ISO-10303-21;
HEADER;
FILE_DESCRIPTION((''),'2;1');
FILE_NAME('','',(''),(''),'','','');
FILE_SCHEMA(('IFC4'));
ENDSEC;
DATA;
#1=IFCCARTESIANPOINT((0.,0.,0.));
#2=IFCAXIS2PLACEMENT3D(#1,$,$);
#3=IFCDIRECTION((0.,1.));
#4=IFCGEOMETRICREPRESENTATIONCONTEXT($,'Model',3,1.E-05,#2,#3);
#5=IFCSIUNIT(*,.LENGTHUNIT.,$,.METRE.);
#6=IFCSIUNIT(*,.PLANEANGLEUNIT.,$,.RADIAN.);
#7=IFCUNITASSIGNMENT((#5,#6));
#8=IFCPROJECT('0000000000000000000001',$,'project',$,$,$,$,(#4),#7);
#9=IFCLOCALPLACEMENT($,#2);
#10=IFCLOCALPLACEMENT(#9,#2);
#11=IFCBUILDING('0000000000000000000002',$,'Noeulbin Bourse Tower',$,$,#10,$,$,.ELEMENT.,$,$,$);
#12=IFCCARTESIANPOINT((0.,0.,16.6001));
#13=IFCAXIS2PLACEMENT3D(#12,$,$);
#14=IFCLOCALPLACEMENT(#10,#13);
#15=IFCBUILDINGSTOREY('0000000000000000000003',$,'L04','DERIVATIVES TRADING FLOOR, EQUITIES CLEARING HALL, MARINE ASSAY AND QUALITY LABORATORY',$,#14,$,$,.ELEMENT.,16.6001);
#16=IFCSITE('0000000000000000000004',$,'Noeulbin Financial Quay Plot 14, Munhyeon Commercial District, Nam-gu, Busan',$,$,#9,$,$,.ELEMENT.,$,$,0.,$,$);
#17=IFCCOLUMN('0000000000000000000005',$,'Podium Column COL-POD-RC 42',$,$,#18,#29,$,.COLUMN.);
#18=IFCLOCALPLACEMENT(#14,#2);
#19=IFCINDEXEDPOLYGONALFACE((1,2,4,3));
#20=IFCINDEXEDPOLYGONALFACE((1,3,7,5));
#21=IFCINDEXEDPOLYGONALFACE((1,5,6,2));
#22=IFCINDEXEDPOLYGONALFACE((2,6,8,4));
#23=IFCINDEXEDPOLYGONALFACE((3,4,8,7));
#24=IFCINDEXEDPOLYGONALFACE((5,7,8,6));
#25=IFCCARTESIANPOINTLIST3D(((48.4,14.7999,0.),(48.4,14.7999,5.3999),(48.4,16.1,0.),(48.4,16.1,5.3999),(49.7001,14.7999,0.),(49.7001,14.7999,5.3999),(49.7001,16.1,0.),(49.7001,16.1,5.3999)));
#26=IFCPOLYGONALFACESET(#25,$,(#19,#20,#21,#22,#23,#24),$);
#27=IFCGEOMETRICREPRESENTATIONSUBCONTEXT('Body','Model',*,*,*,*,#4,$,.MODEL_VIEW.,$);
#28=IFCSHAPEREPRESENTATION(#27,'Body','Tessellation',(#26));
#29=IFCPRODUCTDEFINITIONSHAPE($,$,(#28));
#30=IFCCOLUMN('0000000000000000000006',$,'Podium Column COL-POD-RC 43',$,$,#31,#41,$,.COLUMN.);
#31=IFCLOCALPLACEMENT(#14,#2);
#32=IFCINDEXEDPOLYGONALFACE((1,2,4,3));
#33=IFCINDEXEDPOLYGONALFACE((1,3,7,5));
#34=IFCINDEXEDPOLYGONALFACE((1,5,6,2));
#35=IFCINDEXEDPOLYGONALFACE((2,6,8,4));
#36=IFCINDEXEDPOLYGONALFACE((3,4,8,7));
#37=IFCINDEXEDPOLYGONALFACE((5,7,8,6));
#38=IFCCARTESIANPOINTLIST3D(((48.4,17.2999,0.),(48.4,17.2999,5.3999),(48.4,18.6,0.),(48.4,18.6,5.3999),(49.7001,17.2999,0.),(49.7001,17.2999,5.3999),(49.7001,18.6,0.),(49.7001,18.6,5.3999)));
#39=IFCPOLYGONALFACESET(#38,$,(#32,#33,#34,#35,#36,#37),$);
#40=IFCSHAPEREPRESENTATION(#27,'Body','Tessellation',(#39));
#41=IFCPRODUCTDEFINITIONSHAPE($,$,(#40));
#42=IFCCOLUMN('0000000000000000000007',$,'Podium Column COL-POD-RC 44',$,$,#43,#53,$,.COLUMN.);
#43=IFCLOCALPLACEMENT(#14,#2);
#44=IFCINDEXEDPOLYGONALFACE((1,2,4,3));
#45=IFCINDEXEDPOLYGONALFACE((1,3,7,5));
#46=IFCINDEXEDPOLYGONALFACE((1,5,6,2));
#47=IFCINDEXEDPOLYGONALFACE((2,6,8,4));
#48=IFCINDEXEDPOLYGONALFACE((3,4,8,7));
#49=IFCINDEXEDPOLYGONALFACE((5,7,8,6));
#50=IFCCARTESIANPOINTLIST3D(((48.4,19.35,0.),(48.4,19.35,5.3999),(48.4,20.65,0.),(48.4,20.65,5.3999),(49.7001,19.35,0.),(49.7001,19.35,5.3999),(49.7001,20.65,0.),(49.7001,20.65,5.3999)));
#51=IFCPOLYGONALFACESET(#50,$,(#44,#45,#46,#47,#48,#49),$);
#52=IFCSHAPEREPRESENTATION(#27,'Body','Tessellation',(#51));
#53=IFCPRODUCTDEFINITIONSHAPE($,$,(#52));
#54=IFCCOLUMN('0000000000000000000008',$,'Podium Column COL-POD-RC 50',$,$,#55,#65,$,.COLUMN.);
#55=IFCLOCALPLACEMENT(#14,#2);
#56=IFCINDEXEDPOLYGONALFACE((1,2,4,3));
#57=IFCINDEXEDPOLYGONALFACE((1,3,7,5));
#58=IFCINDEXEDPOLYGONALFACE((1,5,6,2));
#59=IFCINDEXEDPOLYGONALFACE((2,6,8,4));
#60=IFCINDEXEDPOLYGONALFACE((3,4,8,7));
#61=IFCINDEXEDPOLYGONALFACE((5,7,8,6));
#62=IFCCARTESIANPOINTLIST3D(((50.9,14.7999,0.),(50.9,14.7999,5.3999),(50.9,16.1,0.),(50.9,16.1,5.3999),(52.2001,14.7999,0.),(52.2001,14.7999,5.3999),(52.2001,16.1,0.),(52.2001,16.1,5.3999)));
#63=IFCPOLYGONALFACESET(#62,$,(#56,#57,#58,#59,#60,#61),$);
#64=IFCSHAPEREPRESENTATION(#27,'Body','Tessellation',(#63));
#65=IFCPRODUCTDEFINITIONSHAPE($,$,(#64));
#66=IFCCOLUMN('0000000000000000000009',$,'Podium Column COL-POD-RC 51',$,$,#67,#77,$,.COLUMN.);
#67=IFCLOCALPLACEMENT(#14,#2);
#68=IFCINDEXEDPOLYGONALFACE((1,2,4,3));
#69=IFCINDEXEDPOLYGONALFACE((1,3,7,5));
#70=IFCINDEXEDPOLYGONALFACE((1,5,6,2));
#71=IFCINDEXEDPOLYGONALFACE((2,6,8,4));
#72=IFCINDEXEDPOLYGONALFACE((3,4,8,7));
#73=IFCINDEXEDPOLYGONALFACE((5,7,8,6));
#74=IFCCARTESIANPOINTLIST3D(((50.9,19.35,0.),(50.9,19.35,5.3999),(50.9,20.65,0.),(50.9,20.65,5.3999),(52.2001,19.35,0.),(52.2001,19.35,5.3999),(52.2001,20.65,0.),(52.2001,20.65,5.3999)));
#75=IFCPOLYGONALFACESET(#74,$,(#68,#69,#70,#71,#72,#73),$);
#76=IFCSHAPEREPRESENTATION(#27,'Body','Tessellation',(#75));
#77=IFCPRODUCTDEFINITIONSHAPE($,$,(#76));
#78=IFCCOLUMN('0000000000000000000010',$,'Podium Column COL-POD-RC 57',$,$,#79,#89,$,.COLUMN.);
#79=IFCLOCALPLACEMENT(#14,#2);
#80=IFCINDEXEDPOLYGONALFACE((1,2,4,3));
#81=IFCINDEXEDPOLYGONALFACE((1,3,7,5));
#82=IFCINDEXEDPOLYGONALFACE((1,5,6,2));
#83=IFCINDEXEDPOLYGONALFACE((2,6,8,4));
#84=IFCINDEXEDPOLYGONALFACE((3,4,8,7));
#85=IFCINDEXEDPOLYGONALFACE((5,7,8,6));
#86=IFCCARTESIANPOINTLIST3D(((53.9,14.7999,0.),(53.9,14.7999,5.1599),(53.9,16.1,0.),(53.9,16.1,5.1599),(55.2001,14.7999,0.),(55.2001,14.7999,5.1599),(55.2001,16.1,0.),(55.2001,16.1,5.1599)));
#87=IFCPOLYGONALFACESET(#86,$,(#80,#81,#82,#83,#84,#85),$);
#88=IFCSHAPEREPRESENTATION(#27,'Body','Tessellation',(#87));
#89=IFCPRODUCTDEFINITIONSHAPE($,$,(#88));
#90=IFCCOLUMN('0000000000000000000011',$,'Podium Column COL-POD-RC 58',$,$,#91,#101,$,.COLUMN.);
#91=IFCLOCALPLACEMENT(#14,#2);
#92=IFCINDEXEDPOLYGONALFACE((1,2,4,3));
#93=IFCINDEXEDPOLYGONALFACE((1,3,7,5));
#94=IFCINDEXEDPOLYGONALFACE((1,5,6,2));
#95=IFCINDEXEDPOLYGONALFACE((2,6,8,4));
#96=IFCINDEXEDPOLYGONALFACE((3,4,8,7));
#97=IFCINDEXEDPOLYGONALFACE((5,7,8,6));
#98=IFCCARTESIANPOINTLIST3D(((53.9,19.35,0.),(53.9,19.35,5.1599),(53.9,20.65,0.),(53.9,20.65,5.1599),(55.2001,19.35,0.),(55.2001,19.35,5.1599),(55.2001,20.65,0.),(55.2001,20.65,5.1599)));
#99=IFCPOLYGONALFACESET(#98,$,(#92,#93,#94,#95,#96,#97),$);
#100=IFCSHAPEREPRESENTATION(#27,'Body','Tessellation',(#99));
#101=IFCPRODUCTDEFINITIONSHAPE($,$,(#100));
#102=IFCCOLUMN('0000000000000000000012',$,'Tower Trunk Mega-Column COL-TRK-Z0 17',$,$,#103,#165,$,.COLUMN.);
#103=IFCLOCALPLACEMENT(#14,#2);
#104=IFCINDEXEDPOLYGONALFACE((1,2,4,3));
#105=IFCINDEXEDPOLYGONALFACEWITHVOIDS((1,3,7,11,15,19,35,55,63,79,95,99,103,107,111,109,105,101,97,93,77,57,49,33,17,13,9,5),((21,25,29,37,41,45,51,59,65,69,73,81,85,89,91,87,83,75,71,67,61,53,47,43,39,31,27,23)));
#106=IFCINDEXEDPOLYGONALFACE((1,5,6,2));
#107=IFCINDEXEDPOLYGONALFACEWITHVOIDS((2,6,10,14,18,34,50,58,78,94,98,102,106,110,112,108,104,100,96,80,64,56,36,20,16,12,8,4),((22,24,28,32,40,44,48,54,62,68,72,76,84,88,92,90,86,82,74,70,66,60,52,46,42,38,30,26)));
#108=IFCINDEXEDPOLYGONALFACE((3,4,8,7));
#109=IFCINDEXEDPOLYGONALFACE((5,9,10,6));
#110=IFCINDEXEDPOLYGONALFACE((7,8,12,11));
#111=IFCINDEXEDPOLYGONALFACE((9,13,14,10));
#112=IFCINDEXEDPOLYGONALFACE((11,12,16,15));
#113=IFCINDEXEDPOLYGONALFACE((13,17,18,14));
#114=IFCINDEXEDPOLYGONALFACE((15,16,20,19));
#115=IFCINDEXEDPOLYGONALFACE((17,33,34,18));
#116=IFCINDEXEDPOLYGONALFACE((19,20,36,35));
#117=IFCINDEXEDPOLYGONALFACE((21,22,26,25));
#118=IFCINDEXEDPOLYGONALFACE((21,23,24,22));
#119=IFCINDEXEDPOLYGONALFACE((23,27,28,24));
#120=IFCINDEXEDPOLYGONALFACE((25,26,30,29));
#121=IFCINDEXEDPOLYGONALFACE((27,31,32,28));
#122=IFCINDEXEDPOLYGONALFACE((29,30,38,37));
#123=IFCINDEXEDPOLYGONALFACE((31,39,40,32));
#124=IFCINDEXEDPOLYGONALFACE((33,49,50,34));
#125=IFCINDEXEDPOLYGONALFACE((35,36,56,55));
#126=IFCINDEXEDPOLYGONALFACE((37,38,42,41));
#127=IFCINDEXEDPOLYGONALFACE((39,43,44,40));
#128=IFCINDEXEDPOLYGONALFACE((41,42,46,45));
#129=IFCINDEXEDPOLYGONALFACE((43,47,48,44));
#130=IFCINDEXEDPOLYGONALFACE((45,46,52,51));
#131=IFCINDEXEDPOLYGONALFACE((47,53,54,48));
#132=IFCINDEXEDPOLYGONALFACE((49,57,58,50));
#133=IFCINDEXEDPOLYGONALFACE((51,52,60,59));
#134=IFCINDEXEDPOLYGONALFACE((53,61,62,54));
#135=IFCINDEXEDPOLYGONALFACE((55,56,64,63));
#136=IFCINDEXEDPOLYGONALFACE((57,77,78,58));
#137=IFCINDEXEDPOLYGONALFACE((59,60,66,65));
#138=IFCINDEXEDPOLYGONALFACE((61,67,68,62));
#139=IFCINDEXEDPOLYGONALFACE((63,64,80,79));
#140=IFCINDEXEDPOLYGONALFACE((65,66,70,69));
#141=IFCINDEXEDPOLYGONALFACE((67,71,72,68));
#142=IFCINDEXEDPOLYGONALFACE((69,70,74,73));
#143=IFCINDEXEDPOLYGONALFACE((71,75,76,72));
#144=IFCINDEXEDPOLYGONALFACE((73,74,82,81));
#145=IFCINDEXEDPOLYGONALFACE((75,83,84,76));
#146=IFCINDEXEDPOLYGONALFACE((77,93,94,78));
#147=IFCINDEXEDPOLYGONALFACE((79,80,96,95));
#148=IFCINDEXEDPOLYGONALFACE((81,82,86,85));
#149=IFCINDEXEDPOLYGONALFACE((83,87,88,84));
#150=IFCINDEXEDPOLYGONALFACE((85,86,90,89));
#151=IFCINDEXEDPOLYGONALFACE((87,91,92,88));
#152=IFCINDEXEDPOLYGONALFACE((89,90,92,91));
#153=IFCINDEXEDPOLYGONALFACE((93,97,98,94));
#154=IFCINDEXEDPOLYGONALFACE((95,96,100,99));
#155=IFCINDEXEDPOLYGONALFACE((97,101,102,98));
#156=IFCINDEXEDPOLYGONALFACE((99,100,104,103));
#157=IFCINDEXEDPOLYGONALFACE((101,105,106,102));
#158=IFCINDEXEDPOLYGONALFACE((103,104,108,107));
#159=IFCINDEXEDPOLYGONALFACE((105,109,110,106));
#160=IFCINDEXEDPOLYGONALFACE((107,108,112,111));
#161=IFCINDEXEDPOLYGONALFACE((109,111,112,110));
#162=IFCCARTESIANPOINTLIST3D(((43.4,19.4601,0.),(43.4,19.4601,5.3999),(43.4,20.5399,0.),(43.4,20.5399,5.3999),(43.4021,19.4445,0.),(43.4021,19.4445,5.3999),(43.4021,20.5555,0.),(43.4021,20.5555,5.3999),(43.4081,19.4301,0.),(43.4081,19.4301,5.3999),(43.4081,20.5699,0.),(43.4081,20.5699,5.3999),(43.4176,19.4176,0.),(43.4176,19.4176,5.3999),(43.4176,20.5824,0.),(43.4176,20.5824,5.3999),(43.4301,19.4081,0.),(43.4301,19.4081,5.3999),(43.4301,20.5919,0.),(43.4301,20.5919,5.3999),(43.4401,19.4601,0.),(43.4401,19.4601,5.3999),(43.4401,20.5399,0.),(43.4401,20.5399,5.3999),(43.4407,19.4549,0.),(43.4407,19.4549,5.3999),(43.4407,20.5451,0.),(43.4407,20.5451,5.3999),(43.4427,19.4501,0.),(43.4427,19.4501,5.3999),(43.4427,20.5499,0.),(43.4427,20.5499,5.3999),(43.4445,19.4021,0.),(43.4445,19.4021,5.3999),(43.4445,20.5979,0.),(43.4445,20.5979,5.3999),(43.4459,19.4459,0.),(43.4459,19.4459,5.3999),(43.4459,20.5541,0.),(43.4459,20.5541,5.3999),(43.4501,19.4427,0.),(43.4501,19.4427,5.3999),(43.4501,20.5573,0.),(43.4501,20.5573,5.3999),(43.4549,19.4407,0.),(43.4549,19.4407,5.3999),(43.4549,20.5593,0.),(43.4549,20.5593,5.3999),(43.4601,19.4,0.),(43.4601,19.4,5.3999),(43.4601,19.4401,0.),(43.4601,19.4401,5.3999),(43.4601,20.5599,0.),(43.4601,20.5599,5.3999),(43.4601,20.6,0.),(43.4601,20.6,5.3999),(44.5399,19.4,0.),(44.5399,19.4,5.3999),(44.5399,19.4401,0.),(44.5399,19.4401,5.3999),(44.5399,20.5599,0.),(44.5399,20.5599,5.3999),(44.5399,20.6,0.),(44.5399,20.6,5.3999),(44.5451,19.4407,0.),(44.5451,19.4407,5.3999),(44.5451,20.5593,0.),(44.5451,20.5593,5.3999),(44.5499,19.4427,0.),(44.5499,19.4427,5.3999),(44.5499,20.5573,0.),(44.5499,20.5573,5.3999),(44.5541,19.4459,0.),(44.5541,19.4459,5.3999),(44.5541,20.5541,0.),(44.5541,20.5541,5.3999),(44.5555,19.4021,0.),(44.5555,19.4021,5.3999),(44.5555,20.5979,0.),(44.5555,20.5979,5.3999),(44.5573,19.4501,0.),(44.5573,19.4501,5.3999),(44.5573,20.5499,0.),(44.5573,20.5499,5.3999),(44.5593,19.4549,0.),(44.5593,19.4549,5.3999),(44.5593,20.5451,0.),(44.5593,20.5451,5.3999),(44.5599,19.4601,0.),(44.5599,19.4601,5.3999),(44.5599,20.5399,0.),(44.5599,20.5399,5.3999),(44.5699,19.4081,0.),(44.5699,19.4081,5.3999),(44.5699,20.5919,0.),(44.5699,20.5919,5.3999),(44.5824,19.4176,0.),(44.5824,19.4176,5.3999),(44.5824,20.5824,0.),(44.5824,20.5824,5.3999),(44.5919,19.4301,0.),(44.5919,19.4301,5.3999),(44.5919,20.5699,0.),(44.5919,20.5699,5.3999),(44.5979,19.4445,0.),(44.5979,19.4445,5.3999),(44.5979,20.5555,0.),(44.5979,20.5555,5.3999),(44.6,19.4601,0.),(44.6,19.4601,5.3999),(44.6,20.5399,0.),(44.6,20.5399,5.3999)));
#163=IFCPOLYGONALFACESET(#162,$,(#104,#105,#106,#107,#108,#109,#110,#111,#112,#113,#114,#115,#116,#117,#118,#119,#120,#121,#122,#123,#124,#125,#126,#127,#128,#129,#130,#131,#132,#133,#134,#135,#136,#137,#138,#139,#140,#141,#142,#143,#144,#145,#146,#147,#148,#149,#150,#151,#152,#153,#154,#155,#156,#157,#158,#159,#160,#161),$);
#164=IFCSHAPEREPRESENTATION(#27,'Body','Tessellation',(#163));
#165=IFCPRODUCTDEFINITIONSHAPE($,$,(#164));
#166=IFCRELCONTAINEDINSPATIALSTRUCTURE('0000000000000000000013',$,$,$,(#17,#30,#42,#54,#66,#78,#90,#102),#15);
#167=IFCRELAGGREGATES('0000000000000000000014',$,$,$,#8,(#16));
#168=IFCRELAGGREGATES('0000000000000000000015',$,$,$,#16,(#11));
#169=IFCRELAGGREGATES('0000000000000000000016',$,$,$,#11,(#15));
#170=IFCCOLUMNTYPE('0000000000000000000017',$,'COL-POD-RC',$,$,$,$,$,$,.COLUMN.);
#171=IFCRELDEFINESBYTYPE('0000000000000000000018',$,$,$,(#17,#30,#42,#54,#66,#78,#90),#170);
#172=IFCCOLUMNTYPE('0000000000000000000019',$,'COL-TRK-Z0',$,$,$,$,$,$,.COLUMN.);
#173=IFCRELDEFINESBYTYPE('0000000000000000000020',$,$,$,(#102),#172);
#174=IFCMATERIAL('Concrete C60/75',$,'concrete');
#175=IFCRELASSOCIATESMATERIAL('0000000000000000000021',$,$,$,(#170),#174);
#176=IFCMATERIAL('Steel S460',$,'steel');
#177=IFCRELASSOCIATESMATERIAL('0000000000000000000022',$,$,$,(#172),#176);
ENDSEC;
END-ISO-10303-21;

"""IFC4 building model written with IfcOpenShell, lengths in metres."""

from ifc_helpers import new_model, si_unit, direction, frame, origin, origin_2d, place, context, subcontext, project, spatial, rectangle, hollow_rectangle, extrude, material, material_profile, profile_set, type_object, element, save


model = new_model("IFC4")

# Units and contexts
model_context = context("Model", 3, precision=1e-05, world=origin(), true_north=direction((0.0, 1.0)))
body_context = subcontext(model_context, "Body", "Model", "MODEL_VIEW")
ifc_project = project(units=[si_unit("LENGTHUNIT", "METRE"), si_unit("PLANEANGLEUNIT", "RADIAN")], contexts=[model_context])

# Site, building, storey
site_placement = place(None, origin())
site = spatial("IfcSite", under=ifc_project, at=site_placement, Name="Noeulbin Financial Quay Plot 14, Munhyeon Commercial District, Nam-gu, Busan", CompositionType="ELEMENT", RefElevation=0.0)
building_placement = place(site_placement, origin())
building = spatial("IfcBuilding", under=site, at=building_placement, Name="Noeulbin Bourse Tower", CompositionType="ELEMENT")
storey_placement = place(building_placement, frame((0.0, 0.0, 16.6001)))
storey = spatial("IfcBuildingStorey", under=building, at=storey_placement, Name="L04", Description="DERIVATIVES TRADING FLOOR, EQUITIES CLEARING HALL, MARINE ASSAY AND QUALITY LABORATORY", CompositionType="ELEMENT", Elevation=16.6001)

# Columns
ifc_material_1 = material(Name="Concrete C60/75", Category="concrete")
ifc_material_profile_1 = material_profile(ifc_material_1, rectangle(XDim=1.3, YDim=1.3, at=origin_2d()), Name="RC-COL-1300x1300", Category="LoadBearing")
ifc_profile_set_1 = profile_set([ifc_material_profile_1], Name="Concrete C60/75")
column_type_1 = type_object("IfcColumnType", Name="COL-POD-RC", PredefinedType="COLUMN", material=ifc_profile_set_1)
for number, where, z_axis, x_axis, name in (
    (1, (49.05, 15.45, 0.0), (0.0, 0.0, 1.0), (1.0, 0.0, 0.0), "Podium Column COL-POD-RC 42"),
    (2, (49.05, 17.95, 0.0), (0.0, 0.0, 1.0), (1.0, 0.0, 0.0), "Podium Column COL-POD-RC 43"),
    (3, (49.05, 20.0, 0.0), (0.0, 0.0, 1.0), (1.0, 0.0, 0.0), "Podium Column COL-POD-RC 44"),
    (4, (51.55, 15.45, 0.0), (0.0, 0.0, 1.0), (1.0, 0.0, 0.0), "Podium Column COL-POD-RC 50"),
    (5, (51.55, 20.0, 0.0), (0.0, 0.0, 1.0), (1.0, 0.0, 0.0), "Podium Column COL-POD-RC 51"),
):
    element("IfcColumn", number, at=place(storey_placement, frame(where, z_axis=z_axis, x_axis=x_axis)), inside=storey, type_object=column_type_1, Name=name, PredefinedType="COLUMN", context=body_context, shape_type="SweptSolid", body=[
        extrude(rectangle(XDim=1.3, YDim=1.3, at=origin_2d()), origin(), (0.0, 0.0, 1.0), 5.3999),
    ])
for number, where, z_axis, x_axis, name in (
    (6, (54.55, 15.45, 0.0), (0.0, 0.0, 1.0), (1.0, 0.0, 0.0), "Podium Column COL-POD-RC 57"),
    (7, (54.55, 20.0, 0.0), (0.0, 0.0, 1.0), (1.0, 0.0, 0.0), "Podium Column COL-POD-RC 58"),
):
    element("IfcColumn", number, at=place(storey_placement, frame(where, z_axis=z_axis, x_axis=x_axis)), inside=storey, type_object=column_type_1, Name=name, PredefinedType="COLUMN", context=body_context, shape_type="SweptSolid", body=[
        extrude(rectangle(XDim=1.3, YDim=1.3, at=origin_2d()), origin(), (0.0, 0.0, 1.0), 5.1599),
    ])
ifc_material_2 = material(Name="Steel S460", Category="steel")
ifc_material_profile_2 = material_profile(ifc_material_2, hollow_rectangle(XDim=1.2, YDim=1.2, WallThickness=0.04, InnerFilletRadius=0.02, OuterFilletRadius=0.0601, at=origin_2d()), Name="BOX-1200x1200x40", Category="LoadBearing")
ifc_profile_set_2 = profile_set([ifc_material_profile_2], Name="Steel S460")
column_type_2 = type_object("IfcColumnType", Name="COL-TRK-Z0", PredefinedType="COLUMN", material=ifc_profile_set_2)
column_placement = place(storey_placement, frame((44.0, 20.0, 0.0), z_axis=(0.0, 0.0, 1.0), x_axis=(1.0, 0.0, 0.0)))
element("IfcColumn", 8, at=column_placement, inside=storey, type_object=column_type_2, Name="Tower Trunk Mega-Column COL-TRK-Z0 17", PredefinedType="COLUMN", context=body_context, shape_type="SweptSolid", body=[
    extrude(hollow_rectangle(XDim=1.2, YDim=1.2, WallThickness=0.04, InnerFilletRadius=0.02, OuterFilletRadius=0.0601, at=origin_2d()), origin(), (0.0, 0.0, 1.0), 5.3999),
])

save(model, "model.ifc")
